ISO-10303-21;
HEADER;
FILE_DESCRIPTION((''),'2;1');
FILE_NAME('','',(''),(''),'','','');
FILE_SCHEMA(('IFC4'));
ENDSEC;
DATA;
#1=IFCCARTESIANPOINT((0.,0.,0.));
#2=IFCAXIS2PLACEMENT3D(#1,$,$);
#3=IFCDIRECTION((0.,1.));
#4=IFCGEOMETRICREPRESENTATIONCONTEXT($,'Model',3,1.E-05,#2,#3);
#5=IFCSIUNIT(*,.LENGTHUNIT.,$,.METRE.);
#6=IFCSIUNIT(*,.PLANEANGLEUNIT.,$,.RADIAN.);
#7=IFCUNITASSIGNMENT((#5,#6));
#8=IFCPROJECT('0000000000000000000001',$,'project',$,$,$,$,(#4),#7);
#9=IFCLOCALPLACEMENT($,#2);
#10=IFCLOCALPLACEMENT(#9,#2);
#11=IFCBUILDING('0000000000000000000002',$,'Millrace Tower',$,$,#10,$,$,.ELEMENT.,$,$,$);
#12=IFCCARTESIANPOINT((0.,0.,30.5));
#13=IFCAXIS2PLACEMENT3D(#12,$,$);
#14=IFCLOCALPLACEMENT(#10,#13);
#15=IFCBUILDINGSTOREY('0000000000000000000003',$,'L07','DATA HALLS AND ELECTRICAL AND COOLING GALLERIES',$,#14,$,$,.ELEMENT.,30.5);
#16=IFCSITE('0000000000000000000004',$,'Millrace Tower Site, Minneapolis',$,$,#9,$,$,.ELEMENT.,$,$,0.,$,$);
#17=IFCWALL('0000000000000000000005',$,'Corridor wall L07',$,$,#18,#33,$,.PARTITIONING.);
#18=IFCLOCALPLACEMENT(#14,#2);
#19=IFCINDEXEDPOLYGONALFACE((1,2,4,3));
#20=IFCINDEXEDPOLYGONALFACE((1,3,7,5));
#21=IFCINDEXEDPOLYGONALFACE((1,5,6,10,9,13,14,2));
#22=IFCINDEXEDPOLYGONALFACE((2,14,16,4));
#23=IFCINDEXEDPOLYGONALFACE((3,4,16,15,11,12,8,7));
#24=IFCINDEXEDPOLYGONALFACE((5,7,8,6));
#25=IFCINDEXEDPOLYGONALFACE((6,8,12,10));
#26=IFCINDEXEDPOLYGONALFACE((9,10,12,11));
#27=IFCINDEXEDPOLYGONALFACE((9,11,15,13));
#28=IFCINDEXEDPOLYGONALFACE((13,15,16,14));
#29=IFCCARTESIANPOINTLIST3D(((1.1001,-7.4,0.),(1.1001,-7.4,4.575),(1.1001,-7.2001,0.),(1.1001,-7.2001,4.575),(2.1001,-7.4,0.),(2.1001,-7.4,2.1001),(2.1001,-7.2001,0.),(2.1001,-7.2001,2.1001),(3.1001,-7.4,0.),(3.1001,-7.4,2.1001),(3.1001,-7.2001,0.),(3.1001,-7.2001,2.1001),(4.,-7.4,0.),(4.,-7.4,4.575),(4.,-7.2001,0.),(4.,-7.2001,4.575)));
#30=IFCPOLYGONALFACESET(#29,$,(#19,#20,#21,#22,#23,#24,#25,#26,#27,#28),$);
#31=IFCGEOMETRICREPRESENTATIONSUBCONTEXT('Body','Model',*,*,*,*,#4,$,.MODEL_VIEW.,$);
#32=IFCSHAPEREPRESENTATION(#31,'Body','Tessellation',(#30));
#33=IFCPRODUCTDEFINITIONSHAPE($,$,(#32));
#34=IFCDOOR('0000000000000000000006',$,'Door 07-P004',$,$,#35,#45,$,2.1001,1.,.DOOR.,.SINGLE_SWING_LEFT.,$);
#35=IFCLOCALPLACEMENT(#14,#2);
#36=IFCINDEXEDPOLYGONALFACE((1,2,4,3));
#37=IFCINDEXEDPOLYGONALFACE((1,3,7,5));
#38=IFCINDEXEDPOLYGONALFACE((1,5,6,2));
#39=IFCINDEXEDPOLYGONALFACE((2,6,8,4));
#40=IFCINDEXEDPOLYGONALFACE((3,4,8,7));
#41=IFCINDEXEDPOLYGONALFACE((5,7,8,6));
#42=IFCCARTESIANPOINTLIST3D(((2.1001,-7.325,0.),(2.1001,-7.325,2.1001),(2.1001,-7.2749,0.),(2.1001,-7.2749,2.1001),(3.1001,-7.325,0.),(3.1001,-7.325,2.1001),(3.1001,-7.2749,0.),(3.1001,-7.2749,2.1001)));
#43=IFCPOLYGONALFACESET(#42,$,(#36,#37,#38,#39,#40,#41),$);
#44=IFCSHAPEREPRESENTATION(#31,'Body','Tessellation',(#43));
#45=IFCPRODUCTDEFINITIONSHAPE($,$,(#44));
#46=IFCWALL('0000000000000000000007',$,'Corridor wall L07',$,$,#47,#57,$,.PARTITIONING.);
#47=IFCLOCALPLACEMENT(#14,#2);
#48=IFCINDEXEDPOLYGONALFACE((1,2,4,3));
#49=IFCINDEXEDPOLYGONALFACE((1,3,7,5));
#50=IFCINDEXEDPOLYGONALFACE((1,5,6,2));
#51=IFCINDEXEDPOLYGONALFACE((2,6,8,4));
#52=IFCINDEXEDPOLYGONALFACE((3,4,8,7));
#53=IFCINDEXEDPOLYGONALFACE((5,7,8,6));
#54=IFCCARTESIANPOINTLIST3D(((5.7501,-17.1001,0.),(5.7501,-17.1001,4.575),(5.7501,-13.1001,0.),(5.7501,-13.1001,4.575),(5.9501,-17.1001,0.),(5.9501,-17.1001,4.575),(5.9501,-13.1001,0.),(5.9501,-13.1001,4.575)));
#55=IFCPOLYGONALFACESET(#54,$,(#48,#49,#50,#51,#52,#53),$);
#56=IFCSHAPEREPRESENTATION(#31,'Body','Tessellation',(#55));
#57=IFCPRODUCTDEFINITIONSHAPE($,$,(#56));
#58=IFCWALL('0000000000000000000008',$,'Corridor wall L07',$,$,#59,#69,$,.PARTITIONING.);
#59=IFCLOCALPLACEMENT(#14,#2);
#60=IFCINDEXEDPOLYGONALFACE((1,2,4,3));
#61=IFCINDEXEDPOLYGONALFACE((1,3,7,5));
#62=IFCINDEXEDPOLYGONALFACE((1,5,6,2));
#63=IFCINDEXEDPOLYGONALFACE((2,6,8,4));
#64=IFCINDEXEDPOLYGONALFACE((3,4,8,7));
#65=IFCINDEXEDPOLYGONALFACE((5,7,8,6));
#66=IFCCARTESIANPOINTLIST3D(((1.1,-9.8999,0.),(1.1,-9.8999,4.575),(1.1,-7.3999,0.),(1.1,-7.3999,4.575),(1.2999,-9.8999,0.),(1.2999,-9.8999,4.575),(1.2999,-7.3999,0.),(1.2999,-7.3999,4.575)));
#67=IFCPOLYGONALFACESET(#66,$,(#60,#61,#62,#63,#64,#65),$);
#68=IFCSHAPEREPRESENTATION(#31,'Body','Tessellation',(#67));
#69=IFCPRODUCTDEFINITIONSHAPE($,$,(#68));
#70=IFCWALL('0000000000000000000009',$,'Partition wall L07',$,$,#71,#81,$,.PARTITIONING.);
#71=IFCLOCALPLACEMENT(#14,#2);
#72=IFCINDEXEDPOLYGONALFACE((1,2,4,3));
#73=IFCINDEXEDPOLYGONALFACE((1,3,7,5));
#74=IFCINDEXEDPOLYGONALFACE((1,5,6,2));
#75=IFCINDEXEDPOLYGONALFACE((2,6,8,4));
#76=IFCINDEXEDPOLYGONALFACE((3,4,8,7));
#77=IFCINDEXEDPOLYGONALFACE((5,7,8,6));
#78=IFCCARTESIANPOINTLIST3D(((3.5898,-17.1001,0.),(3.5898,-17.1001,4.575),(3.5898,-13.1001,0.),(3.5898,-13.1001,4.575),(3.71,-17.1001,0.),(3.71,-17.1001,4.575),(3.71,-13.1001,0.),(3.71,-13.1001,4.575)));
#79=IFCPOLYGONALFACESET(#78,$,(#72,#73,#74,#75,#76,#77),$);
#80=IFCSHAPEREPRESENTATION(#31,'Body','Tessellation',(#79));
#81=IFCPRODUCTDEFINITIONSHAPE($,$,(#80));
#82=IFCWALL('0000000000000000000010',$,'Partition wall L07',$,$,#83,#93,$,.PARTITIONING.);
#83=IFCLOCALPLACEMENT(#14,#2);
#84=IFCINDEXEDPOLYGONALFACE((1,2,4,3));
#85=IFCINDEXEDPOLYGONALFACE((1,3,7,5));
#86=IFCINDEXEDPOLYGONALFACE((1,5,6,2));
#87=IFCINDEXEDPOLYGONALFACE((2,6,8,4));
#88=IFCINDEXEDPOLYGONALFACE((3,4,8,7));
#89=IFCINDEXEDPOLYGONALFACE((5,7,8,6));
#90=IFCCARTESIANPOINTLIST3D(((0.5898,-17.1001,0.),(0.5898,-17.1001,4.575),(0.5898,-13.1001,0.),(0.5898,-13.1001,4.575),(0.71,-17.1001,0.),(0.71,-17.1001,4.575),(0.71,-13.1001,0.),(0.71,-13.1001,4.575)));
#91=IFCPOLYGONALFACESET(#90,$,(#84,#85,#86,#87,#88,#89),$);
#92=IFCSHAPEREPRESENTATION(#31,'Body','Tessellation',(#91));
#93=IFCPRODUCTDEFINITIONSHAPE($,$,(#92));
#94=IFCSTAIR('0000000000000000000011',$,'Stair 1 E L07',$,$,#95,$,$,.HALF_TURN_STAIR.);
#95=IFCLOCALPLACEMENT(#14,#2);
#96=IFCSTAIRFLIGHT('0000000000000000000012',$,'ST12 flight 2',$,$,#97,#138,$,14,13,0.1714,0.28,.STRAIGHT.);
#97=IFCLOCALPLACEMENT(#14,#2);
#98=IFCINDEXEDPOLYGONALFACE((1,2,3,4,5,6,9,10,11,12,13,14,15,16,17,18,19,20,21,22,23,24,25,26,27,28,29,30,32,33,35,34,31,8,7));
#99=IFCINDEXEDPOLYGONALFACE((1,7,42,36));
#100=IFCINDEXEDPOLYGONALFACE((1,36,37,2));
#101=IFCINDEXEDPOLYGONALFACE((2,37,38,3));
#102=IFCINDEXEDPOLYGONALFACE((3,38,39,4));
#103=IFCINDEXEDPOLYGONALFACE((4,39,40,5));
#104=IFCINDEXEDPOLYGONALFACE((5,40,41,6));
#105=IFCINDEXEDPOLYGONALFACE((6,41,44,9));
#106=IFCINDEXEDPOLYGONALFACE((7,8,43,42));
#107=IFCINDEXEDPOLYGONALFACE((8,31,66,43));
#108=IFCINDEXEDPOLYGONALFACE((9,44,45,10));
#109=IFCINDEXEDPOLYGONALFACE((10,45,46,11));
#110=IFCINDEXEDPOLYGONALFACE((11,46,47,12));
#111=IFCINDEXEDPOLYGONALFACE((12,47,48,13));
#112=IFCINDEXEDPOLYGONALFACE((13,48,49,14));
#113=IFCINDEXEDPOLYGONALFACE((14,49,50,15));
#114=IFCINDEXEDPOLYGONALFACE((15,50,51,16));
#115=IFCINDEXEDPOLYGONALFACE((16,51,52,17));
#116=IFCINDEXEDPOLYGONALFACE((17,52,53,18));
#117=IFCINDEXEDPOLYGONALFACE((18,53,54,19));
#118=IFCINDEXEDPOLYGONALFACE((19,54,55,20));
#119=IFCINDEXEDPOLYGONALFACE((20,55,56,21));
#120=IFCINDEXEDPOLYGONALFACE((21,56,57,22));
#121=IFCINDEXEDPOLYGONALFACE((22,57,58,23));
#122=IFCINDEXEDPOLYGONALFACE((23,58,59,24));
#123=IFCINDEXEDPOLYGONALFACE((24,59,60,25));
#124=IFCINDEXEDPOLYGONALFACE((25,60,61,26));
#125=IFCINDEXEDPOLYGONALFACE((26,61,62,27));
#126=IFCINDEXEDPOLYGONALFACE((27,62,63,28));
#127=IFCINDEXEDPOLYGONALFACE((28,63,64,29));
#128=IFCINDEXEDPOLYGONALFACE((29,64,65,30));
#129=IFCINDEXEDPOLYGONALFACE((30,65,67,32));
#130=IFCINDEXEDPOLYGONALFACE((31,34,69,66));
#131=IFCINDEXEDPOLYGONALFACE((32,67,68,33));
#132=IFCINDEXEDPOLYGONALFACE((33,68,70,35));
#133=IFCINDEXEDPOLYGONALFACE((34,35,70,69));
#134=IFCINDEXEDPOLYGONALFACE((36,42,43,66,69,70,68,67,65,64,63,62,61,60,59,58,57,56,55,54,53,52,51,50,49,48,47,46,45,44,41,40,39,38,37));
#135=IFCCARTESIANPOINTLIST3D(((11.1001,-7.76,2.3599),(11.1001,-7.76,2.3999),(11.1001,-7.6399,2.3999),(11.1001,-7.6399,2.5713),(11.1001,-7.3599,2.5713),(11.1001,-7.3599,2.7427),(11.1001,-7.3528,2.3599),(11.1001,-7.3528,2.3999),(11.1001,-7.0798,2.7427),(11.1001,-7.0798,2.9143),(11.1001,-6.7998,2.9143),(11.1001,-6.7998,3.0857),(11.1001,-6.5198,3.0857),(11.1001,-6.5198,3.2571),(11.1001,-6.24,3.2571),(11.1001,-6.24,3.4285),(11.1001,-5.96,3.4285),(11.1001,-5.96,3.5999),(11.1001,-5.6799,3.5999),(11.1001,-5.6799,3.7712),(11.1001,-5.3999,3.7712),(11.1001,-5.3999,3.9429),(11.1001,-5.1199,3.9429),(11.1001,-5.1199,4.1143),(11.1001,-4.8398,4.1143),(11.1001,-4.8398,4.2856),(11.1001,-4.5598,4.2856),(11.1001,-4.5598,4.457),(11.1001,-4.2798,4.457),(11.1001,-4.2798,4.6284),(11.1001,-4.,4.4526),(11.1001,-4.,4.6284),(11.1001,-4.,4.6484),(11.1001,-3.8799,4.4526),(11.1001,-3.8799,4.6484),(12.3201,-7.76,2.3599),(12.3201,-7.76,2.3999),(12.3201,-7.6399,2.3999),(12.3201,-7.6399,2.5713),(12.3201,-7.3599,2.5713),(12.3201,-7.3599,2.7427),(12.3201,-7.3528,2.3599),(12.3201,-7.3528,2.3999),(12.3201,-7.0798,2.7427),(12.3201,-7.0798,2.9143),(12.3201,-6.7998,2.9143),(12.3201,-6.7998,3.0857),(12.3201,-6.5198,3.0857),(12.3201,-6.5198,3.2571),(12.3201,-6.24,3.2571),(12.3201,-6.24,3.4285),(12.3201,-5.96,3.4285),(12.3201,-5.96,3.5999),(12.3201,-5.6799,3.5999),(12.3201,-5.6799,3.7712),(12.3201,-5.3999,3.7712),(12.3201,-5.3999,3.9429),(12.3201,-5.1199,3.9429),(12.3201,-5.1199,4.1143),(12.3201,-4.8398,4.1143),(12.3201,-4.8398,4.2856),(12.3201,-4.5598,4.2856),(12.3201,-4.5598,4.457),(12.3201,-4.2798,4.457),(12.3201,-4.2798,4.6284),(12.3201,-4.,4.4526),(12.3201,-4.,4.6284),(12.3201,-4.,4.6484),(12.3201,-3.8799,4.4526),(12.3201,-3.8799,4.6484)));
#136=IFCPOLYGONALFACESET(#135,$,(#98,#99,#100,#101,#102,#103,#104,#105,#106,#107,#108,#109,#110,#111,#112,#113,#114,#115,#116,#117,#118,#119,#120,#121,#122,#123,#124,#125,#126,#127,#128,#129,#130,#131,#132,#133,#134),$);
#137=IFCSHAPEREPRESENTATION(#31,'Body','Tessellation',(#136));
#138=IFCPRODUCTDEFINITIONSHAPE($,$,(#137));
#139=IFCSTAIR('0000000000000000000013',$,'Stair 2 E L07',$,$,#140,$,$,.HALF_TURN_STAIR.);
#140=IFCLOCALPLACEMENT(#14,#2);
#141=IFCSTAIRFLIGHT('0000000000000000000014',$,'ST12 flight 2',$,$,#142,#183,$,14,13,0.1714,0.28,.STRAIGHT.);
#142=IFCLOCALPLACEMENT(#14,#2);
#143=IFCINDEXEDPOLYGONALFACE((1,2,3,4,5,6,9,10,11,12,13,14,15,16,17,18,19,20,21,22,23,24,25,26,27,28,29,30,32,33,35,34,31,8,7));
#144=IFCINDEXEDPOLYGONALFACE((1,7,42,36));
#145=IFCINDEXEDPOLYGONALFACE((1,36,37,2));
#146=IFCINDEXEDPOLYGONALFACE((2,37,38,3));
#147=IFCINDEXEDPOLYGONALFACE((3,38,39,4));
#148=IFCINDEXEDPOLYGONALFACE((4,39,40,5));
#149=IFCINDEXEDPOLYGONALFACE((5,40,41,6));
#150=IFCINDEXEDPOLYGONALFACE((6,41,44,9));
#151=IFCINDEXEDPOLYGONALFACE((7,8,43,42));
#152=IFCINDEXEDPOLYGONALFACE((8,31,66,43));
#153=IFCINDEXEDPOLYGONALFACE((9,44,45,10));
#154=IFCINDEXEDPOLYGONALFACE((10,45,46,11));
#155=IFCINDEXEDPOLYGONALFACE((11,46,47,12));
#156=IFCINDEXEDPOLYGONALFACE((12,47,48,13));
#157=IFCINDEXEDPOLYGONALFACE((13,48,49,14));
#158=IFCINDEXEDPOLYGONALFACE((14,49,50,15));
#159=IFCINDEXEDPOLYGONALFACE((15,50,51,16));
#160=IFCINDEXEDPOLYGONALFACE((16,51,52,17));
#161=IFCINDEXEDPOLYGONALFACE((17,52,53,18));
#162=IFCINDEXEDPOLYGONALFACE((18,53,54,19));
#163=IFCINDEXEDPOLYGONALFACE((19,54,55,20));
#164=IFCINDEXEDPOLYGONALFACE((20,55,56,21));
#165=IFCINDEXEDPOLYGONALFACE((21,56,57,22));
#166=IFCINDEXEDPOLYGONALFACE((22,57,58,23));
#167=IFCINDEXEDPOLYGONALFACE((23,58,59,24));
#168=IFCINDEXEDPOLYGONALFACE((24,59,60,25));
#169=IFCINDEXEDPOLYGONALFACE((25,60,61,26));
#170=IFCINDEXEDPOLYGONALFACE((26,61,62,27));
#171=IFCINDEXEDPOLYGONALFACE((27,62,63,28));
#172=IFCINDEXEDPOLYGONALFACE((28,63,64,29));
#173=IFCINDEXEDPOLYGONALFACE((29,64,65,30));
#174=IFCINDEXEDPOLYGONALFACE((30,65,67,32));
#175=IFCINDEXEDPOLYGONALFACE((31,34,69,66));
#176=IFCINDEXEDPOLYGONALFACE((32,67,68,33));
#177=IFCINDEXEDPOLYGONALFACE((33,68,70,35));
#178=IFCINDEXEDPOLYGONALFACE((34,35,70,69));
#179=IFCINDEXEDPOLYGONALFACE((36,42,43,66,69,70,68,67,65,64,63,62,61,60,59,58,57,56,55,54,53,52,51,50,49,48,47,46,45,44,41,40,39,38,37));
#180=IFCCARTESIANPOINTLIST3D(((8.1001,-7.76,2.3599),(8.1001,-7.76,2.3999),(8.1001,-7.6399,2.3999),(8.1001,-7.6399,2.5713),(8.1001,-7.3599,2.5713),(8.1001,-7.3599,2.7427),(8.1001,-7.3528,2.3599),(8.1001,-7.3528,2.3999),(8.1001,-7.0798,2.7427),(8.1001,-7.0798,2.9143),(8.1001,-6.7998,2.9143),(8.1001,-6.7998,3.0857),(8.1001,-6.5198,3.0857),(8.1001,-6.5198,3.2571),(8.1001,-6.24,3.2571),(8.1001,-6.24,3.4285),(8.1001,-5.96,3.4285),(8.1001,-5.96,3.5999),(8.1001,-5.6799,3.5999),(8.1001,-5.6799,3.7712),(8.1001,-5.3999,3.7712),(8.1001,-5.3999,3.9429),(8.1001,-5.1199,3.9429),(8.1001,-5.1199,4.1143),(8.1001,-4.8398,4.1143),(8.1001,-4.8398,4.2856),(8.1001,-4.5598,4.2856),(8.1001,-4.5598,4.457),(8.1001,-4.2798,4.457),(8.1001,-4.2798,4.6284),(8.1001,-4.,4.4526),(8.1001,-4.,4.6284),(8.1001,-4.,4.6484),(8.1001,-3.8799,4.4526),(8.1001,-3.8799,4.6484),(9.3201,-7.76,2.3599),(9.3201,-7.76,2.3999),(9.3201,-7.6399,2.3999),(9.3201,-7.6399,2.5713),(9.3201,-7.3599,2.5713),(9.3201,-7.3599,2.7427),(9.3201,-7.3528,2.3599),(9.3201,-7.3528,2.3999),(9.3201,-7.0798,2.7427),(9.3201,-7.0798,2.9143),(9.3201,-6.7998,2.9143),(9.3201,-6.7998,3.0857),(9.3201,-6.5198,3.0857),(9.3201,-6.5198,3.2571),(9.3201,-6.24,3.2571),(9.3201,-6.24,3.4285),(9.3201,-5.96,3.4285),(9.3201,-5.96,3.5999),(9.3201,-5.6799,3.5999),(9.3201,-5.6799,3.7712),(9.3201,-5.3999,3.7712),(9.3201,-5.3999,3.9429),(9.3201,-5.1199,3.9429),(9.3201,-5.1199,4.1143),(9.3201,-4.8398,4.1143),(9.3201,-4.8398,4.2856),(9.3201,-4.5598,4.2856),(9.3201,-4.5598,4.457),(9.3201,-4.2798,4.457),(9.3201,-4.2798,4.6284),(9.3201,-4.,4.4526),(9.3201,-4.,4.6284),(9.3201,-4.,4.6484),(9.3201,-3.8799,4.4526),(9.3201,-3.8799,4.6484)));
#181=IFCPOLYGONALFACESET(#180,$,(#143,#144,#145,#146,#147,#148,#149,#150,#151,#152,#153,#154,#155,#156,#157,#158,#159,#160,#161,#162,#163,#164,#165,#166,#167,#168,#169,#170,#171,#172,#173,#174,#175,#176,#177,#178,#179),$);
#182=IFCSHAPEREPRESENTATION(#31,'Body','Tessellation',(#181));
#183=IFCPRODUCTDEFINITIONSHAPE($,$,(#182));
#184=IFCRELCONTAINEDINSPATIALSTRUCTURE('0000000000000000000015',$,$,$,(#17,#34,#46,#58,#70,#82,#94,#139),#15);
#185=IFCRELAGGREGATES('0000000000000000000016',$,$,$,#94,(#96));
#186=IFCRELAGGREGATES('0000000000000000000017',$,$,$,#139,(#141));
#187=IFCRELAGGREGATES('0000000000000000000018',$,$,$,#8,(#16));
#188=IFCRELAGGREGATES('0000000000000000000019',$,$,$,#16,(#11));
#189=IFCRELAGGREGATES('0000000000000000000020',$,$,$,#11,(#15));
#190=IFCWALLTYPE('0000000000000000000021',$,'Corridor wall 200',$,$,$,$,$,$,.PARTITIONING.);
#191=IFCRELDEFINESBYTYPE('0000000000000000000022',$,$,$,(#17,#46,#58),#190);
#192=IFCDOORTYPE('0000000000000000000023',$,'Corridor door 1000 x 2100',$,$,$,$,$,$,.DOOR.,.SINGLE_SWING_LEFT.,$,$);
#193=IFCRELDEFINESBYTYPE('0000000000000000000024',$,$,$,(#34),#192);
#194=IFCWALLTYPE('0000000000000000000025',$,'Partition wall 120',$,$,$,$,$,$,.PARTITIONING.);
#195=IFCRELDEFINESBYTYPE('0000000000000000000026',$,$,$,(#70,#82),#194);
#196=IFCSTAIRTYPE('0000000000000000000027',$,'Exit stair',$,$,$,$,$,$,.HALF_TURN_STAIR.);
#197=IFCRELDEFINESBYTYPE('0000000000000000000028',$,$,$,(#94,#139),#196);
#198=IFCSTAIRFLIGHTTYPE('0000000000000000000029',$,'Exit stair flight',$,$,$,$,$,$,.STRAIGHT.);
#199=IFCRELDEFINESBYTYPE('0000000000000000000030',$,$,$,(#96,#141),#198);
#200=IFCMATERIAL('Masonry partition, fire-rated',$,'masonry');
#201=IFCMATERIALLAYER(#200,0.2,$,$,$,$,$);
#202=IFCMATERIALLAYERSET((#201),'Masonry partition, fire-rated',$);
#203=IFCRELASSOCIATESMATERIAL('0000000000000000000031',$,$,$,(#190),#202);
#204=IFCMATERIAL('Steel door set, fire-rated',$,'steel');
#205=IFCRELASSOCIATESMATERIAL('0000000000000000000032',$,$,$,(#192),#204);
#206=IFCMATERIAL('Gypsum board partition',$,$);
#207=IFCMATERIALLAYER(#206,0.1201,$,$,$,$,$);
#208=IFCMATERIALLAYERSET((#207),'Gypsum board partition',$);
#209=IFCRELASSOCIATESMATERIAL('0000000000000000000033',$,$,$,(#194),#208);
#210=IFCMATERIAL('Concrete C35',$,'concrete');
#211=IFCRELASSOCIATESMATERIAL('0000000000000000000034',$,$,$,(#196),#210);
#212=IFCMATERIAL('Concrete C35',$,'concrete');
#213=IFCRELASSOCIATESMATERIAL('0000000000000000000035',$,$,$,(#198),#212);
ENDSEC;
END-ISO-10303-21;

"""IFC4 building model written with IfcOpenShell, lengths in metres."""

from ifc_helpers import new_model, si_unit, direction, frame, frame_2d, origin, place, context, subcontext, project, spatial, polyline, rectangle, outline, extrude, material, layer, layer_set, type_object, element, fill, aggregate, save


model = new_model("IFC4")

# Units and contexts
model_context = context("Model", 3, precision=1e-05, world=origin(), true_north=direction((0.0, 1.0)))
body_context = subcontext(model_context, "Body", "Model", "MODEL_VIEW")
ifc_project = project(units=[si_unit("LENGTHUNIT", "METRE"), si_unit("PLANEANGLEUNIT", "RADIAN")], contexts=[model_context])

# Site, building, storey
site_placement = place(None, origin())
site = spatial("IfcSite", under=ifc_project, at=site_placement, Name="Millrace Tower Site, Minneapolis", CompositionType="ELEMENT", RefElevation=0.0)
building_placement = place(site_placement, origin())
building = spatial("IfcBuilding", under=site, at=building_placement, Name="Millrace Tower", CompositionType="ELEMENT")
storey_placement = place(building_placement, frame((0.0, 0.0, 30.5)))
storey = spatial("IfcBuildingStorey", under=building, at=storey_placement, Name="L07", Description="DATA HALLS AND ELECTRICAL AND COOLING GALLERIES", CompositionType="ELEMENT", Elevation=30.5)

# Shared definitions
placement = place(storey_placement, origin())

# Shared definitions
ifc_material_1 = material(Name="Masonry partition, fire-rated", Category="masonry")
ifc_layer_1 = layer(ifc_material_1, 0.2)
ifc_layer_set_1 = layer_set([ifc_layer_1], Name="Masonry partition, fire-rated")
wall_type_1 = type_object("IfcWallType", Name="Corridor wall 200", PredefinedType="PARTITIONING", material=ifc_layer_set_1)

# Wall, opening, door
wall_1_placement = place(storey_placement, frame((1.1001, -7.3, 0.0), z_axis=(0.0, 0.0, 1.0), x_axis=(1.0, 0.0, 0.0)))
wall_1 = element("IfcWall", 1, at=wall_1_placement, inside=storey, type_object=wall_type_1, Name="Corridor wall L07", PredefinedType="PARTITIONING", context=body_context, shape_type="SweptSolid", body=[
    extrude(rectangle(XDim=2.8999, YDim=0.2, at=frame_2d((1.45, 0.0))), origin(), (0.0, 0.0, 1.0), 4.575),
])
opening_placement = place(wall_1_placement, frame((1.0, 0.0, 0.0)))
opening = element("IfcOpeningElement", 2, at=opening_placement, cuts=wall_1, PredefinedType="OPENING", context=body_context, shape_type="SweptSolid", body=[
    extrude(rectangle(XDim=1.0, YDim=2.1001, at=frame_2d((0.5, 1.05))), frame((0.0, 0.1099, 0.0), z_axis=(0.0, -1.0, 0.0), x_axis=(1.0, 0.0, 0.0)), (0.0, 0.0, 1.0), 0.22),
])
ifc_material_2 = material(Name="Steel door set, fire-rated", Category="steel")
door_type = type_object("IfcDoorType", Name="Corridor door 1000 x 2100", OperationType="SINGLE_SWING_LEFT", PredefinedType="DOOR", material=ifc_material_2)
door_placement = place(opening_placement, frame((1.0, 0.0, 0.0), z_axis=(0.0, 0.0, 1.0), x_axis=(-1.0, 0.0, 0.0)))
door = element("IfcDoor", 3, at=door_placement, inside=storey, type_object=door_type, Name="Door 07-P004", OperationType="SINGLE_SWING_LEFT", OverallHeight=2.1001, OverallWidth=1.0, PredefinedType="DOOR", context=body_context, shape_type="SweptSolid", body=[
    extrude(rectangle(XDim=1.0, YDim=2.1001, at=frame_2d((0.5, 1.05))), frame((0.0, 0.0249, 0.0), z_axis=(0.0, -1.0, 0.0), x_axis=(1.0, 0.0, 0.0)), (0.0, 0.0, 1.0), 0.05),
])
fill(opening, door)

# Walls
wall_2_placement = place(storey_placement, frame((5.8501, -17.1001, 0.0), z_axis=(0.0, 0.0, 1.0), x_axis=(0.0, 1.0, 0.0)))
element("IfcWall", 4, at=wall_2_placement, inside=storey, type_object=wall_type_1, Name="Corridor wall L07", PredefinedType="PARTITIONING", context=body_context, shape_type="SweptSolid", body=[
    extrude(rectangle(XDim=4.0, YDim=0.2, at=frame_2d((2.0, 0.0))), origin(), (0.0, 0.0, 1.0), 4.575),
])
wall_3_placement = place(storey_placement, frame((1.2, -9.8999, 0.0), z_axis=(0.0, 0.0, 1.0), x_axis=(0.0, 1.0, 0.0)))
element("IfcWall", 5, at=wall_3_placement, inside=storey, type_object=wall_type_1, Name="Corridor wall L07", PredefinedType="PARTITIONING", context=body_context, shape_type="SweptSolid", body=[
    extrude(rectangle(XDim=2.5, YDim=0.2, at=frame_2d((1.25, 0.0))), origin(), (0.0, 0.0, 1.0), 4.575),
])
ifc_material_3 = material(Name="Gypsum board partition")
ifc_layer_2 = layer(ifc_material_3, 0.1201)
ifc_layer_set_2 = layer_set([ifc_layer_2], Name="Gypsum board partition")
wall_type_2 = type_object("IfcWallType", Name="Partition wall 120", PredefinedType="PARTITIONING", material=ifc_layer_set_2)
for number, where, z_axis, x_axis, name in (
    (6, (3.6499, -17.1001, 0.0), (0.0, 0.0, 1.0), (0.0, 1.0, 0.0), "Partition wall L07"),
    (7, (0.6499, -17.1001, 0.0), (0.0, 0.0, 1.0), (0.0, 1.0, 0.0), "Partition wall L07"),
):
    element("IfcWall", number, at=place(storey_placement, frame(where, z_axis=z_axis, x_axis=x_axis)), inside=storey, type_object=wall_type_2, Name=name, PredefinedType="PARTITIONING", context=body_context, shape_type="SweptSolid", body=[
        extrude(rectangle(XDim=4.0, YDim=0.1201, at=frame_2d((2.0, 0.0))), origin(), (0.0, 0.0, 1.0), 4.575),
    ])

# Stairs, stair flights
ifc_material_4 = material(Name="Concrete C35", Category="concrete")
stair_type = type_object("IfcStairType", Name="Exit stair", PredefinedType="HALF_TURN_STAIR", material=ifc_material_4)
stair_1 = element("IfcStair", 8, at=placement, inside=storey, type_object=stair_type, Name="Stair 1 E L07", PredefinedType="HALF_TURN_STAIR")
ifc_material_5 = material(Name="Concrete C35", Category="concrete")
stair_flight_type = type_object("IfcStairFlightType", Name="Exit stair flight", PredefinedType="STRAIGHT", material=ifc_material_5)
stair_flight_1_placement = place(storey_placement, frame((11.71, -7.6399, 2.3999), z_axis=(0.0, 0.0, 1.0), x_axis=(0.0, 1.0, 0.0)))
stair_flight_1 = element("IfcStairFlight", 9, at=stair_flight_1_placement, type_object=stair_flight_type, Name="ST12 flight 2", NumberOfRisers=14, NumberOfTreads=13, PredefinedType="STRAIGHT", RiserHeight=0.1714, TreadLength=0.28, context=body_context, shape_type="SweptSolid", body=[
    extrude(outline(polyline([(-0.1201, -0.04), (-0.1201, 0.0), (0.0, 0.0), (0.0, 0.1714), (0.28, 0.1714), (0.28, 0.3428), (0.5601, 0.3428), (0.5601, 0.5144), (0.8401, 0.5144), (0.8401, 0.6858), (1.1201, 0.6858), (1.1201, 0.8572), (1.3999, 0.8572), (1.3999, 1.0286), (1.6799, 1.0286), (1.6799, 1.2), (1.96, 1.2), (1.96, 1.3713), (2.24, 1.3713), (2.24, 1.543), (2.52, 1.543), (2.52, 1.7144), (2.8, 1.7144), (2.8, 1.8857), (3.0801, 1.8857), (3.0801, 2.0571), (3.3601, 2.0571), (3.3601, 2.2285), (3.6399, 2.2285), (3.6399, 2.2485), (3.76, 2.2485), (3.76, 2.0527), (3.6399, 2.0527), (0.2871, 0.0), (0.2871, -0.04), (-0.1201, -0.04)])), frame((0.0, 0.6099, 0.0), z_axis=(0.0, -1.0, 0.0), x_axis=(1.0, 0.0, 0.0)), (0.0, 0.0, 1.0), 1.22),
])
aggregate(stair_1, [stair_flight_1])
stair_2 = element("IfcStair", 10, at=placement, inside=storey, type_object=stair_type, Name="Stair 2 E L07", PredefinedType="HALF_TURN_STAIR")
stair_flight_2_placement = place(storey_placement, frame((8.71, -7.6399, 2.3999), z_axis=(0.0, 0.0, 1.0), x_axis=(0.0, 1.0, 0.0)))
stair_flight_2 = element("IfcStairFlight", 11, at=stair_flight_2_placement, type_object=stair_flight_type, Name="ST12 flight 2", NumberOfRisers=14, NumberOfTreads=13, PredefinedType="STRAIGHT", RiserHeight=0.1714, TreadLength=0.28, context=body_context, shape_type="SweptSolid", body=[
    extrude(outline(polyline([(-0.1201, -0.04), (-0.1201, 0.0), (0.0, 0.0), (0.0, 0.1714), (0.28, 0.1714), (0.28, 0.3428), (0.5601, 0.3428), (0.5601, 0.5144), (0.8401, 0.5144), (0.8401, 0.6858), (1.1201, 0.6858), (1.1201, 0.8572), (1.3999, 0.8572), (1.3999, 1.0286), (1.6799, 1.0286), (1.6799, 1.2), (1.96, 1.2), (1.96, 1.3713), (2.24, 1.3713), (2.24, 1.543), (2.52, 1.543), (2.52, 1.7144), (2.8, 1.7144), (2.8, 1.8857), (3.0801, 1.8857), (3.0801, 2.0571), (3.3601, 2.0571), (3.3601, 2.2285), (3.6399, 2.2285), (3.6399, 2.2485), (3.76, 2.2485), (3.76, 2.0527), (3.6399, 2.0527), (0.2871, 0.0), (0.2871, -0.04), (-0.1201, -0.04)])), frame((0.0, 0.6099, 0.0), z_axis=(0.0, -1.0, 0.0), x_axis=(1.0, 0.0, 0.0)), (0.0, 0.0, 1.0), 1.22),
])
aggregate(stair_2, [stair_flight_2])

save(model, "model.ifc")
